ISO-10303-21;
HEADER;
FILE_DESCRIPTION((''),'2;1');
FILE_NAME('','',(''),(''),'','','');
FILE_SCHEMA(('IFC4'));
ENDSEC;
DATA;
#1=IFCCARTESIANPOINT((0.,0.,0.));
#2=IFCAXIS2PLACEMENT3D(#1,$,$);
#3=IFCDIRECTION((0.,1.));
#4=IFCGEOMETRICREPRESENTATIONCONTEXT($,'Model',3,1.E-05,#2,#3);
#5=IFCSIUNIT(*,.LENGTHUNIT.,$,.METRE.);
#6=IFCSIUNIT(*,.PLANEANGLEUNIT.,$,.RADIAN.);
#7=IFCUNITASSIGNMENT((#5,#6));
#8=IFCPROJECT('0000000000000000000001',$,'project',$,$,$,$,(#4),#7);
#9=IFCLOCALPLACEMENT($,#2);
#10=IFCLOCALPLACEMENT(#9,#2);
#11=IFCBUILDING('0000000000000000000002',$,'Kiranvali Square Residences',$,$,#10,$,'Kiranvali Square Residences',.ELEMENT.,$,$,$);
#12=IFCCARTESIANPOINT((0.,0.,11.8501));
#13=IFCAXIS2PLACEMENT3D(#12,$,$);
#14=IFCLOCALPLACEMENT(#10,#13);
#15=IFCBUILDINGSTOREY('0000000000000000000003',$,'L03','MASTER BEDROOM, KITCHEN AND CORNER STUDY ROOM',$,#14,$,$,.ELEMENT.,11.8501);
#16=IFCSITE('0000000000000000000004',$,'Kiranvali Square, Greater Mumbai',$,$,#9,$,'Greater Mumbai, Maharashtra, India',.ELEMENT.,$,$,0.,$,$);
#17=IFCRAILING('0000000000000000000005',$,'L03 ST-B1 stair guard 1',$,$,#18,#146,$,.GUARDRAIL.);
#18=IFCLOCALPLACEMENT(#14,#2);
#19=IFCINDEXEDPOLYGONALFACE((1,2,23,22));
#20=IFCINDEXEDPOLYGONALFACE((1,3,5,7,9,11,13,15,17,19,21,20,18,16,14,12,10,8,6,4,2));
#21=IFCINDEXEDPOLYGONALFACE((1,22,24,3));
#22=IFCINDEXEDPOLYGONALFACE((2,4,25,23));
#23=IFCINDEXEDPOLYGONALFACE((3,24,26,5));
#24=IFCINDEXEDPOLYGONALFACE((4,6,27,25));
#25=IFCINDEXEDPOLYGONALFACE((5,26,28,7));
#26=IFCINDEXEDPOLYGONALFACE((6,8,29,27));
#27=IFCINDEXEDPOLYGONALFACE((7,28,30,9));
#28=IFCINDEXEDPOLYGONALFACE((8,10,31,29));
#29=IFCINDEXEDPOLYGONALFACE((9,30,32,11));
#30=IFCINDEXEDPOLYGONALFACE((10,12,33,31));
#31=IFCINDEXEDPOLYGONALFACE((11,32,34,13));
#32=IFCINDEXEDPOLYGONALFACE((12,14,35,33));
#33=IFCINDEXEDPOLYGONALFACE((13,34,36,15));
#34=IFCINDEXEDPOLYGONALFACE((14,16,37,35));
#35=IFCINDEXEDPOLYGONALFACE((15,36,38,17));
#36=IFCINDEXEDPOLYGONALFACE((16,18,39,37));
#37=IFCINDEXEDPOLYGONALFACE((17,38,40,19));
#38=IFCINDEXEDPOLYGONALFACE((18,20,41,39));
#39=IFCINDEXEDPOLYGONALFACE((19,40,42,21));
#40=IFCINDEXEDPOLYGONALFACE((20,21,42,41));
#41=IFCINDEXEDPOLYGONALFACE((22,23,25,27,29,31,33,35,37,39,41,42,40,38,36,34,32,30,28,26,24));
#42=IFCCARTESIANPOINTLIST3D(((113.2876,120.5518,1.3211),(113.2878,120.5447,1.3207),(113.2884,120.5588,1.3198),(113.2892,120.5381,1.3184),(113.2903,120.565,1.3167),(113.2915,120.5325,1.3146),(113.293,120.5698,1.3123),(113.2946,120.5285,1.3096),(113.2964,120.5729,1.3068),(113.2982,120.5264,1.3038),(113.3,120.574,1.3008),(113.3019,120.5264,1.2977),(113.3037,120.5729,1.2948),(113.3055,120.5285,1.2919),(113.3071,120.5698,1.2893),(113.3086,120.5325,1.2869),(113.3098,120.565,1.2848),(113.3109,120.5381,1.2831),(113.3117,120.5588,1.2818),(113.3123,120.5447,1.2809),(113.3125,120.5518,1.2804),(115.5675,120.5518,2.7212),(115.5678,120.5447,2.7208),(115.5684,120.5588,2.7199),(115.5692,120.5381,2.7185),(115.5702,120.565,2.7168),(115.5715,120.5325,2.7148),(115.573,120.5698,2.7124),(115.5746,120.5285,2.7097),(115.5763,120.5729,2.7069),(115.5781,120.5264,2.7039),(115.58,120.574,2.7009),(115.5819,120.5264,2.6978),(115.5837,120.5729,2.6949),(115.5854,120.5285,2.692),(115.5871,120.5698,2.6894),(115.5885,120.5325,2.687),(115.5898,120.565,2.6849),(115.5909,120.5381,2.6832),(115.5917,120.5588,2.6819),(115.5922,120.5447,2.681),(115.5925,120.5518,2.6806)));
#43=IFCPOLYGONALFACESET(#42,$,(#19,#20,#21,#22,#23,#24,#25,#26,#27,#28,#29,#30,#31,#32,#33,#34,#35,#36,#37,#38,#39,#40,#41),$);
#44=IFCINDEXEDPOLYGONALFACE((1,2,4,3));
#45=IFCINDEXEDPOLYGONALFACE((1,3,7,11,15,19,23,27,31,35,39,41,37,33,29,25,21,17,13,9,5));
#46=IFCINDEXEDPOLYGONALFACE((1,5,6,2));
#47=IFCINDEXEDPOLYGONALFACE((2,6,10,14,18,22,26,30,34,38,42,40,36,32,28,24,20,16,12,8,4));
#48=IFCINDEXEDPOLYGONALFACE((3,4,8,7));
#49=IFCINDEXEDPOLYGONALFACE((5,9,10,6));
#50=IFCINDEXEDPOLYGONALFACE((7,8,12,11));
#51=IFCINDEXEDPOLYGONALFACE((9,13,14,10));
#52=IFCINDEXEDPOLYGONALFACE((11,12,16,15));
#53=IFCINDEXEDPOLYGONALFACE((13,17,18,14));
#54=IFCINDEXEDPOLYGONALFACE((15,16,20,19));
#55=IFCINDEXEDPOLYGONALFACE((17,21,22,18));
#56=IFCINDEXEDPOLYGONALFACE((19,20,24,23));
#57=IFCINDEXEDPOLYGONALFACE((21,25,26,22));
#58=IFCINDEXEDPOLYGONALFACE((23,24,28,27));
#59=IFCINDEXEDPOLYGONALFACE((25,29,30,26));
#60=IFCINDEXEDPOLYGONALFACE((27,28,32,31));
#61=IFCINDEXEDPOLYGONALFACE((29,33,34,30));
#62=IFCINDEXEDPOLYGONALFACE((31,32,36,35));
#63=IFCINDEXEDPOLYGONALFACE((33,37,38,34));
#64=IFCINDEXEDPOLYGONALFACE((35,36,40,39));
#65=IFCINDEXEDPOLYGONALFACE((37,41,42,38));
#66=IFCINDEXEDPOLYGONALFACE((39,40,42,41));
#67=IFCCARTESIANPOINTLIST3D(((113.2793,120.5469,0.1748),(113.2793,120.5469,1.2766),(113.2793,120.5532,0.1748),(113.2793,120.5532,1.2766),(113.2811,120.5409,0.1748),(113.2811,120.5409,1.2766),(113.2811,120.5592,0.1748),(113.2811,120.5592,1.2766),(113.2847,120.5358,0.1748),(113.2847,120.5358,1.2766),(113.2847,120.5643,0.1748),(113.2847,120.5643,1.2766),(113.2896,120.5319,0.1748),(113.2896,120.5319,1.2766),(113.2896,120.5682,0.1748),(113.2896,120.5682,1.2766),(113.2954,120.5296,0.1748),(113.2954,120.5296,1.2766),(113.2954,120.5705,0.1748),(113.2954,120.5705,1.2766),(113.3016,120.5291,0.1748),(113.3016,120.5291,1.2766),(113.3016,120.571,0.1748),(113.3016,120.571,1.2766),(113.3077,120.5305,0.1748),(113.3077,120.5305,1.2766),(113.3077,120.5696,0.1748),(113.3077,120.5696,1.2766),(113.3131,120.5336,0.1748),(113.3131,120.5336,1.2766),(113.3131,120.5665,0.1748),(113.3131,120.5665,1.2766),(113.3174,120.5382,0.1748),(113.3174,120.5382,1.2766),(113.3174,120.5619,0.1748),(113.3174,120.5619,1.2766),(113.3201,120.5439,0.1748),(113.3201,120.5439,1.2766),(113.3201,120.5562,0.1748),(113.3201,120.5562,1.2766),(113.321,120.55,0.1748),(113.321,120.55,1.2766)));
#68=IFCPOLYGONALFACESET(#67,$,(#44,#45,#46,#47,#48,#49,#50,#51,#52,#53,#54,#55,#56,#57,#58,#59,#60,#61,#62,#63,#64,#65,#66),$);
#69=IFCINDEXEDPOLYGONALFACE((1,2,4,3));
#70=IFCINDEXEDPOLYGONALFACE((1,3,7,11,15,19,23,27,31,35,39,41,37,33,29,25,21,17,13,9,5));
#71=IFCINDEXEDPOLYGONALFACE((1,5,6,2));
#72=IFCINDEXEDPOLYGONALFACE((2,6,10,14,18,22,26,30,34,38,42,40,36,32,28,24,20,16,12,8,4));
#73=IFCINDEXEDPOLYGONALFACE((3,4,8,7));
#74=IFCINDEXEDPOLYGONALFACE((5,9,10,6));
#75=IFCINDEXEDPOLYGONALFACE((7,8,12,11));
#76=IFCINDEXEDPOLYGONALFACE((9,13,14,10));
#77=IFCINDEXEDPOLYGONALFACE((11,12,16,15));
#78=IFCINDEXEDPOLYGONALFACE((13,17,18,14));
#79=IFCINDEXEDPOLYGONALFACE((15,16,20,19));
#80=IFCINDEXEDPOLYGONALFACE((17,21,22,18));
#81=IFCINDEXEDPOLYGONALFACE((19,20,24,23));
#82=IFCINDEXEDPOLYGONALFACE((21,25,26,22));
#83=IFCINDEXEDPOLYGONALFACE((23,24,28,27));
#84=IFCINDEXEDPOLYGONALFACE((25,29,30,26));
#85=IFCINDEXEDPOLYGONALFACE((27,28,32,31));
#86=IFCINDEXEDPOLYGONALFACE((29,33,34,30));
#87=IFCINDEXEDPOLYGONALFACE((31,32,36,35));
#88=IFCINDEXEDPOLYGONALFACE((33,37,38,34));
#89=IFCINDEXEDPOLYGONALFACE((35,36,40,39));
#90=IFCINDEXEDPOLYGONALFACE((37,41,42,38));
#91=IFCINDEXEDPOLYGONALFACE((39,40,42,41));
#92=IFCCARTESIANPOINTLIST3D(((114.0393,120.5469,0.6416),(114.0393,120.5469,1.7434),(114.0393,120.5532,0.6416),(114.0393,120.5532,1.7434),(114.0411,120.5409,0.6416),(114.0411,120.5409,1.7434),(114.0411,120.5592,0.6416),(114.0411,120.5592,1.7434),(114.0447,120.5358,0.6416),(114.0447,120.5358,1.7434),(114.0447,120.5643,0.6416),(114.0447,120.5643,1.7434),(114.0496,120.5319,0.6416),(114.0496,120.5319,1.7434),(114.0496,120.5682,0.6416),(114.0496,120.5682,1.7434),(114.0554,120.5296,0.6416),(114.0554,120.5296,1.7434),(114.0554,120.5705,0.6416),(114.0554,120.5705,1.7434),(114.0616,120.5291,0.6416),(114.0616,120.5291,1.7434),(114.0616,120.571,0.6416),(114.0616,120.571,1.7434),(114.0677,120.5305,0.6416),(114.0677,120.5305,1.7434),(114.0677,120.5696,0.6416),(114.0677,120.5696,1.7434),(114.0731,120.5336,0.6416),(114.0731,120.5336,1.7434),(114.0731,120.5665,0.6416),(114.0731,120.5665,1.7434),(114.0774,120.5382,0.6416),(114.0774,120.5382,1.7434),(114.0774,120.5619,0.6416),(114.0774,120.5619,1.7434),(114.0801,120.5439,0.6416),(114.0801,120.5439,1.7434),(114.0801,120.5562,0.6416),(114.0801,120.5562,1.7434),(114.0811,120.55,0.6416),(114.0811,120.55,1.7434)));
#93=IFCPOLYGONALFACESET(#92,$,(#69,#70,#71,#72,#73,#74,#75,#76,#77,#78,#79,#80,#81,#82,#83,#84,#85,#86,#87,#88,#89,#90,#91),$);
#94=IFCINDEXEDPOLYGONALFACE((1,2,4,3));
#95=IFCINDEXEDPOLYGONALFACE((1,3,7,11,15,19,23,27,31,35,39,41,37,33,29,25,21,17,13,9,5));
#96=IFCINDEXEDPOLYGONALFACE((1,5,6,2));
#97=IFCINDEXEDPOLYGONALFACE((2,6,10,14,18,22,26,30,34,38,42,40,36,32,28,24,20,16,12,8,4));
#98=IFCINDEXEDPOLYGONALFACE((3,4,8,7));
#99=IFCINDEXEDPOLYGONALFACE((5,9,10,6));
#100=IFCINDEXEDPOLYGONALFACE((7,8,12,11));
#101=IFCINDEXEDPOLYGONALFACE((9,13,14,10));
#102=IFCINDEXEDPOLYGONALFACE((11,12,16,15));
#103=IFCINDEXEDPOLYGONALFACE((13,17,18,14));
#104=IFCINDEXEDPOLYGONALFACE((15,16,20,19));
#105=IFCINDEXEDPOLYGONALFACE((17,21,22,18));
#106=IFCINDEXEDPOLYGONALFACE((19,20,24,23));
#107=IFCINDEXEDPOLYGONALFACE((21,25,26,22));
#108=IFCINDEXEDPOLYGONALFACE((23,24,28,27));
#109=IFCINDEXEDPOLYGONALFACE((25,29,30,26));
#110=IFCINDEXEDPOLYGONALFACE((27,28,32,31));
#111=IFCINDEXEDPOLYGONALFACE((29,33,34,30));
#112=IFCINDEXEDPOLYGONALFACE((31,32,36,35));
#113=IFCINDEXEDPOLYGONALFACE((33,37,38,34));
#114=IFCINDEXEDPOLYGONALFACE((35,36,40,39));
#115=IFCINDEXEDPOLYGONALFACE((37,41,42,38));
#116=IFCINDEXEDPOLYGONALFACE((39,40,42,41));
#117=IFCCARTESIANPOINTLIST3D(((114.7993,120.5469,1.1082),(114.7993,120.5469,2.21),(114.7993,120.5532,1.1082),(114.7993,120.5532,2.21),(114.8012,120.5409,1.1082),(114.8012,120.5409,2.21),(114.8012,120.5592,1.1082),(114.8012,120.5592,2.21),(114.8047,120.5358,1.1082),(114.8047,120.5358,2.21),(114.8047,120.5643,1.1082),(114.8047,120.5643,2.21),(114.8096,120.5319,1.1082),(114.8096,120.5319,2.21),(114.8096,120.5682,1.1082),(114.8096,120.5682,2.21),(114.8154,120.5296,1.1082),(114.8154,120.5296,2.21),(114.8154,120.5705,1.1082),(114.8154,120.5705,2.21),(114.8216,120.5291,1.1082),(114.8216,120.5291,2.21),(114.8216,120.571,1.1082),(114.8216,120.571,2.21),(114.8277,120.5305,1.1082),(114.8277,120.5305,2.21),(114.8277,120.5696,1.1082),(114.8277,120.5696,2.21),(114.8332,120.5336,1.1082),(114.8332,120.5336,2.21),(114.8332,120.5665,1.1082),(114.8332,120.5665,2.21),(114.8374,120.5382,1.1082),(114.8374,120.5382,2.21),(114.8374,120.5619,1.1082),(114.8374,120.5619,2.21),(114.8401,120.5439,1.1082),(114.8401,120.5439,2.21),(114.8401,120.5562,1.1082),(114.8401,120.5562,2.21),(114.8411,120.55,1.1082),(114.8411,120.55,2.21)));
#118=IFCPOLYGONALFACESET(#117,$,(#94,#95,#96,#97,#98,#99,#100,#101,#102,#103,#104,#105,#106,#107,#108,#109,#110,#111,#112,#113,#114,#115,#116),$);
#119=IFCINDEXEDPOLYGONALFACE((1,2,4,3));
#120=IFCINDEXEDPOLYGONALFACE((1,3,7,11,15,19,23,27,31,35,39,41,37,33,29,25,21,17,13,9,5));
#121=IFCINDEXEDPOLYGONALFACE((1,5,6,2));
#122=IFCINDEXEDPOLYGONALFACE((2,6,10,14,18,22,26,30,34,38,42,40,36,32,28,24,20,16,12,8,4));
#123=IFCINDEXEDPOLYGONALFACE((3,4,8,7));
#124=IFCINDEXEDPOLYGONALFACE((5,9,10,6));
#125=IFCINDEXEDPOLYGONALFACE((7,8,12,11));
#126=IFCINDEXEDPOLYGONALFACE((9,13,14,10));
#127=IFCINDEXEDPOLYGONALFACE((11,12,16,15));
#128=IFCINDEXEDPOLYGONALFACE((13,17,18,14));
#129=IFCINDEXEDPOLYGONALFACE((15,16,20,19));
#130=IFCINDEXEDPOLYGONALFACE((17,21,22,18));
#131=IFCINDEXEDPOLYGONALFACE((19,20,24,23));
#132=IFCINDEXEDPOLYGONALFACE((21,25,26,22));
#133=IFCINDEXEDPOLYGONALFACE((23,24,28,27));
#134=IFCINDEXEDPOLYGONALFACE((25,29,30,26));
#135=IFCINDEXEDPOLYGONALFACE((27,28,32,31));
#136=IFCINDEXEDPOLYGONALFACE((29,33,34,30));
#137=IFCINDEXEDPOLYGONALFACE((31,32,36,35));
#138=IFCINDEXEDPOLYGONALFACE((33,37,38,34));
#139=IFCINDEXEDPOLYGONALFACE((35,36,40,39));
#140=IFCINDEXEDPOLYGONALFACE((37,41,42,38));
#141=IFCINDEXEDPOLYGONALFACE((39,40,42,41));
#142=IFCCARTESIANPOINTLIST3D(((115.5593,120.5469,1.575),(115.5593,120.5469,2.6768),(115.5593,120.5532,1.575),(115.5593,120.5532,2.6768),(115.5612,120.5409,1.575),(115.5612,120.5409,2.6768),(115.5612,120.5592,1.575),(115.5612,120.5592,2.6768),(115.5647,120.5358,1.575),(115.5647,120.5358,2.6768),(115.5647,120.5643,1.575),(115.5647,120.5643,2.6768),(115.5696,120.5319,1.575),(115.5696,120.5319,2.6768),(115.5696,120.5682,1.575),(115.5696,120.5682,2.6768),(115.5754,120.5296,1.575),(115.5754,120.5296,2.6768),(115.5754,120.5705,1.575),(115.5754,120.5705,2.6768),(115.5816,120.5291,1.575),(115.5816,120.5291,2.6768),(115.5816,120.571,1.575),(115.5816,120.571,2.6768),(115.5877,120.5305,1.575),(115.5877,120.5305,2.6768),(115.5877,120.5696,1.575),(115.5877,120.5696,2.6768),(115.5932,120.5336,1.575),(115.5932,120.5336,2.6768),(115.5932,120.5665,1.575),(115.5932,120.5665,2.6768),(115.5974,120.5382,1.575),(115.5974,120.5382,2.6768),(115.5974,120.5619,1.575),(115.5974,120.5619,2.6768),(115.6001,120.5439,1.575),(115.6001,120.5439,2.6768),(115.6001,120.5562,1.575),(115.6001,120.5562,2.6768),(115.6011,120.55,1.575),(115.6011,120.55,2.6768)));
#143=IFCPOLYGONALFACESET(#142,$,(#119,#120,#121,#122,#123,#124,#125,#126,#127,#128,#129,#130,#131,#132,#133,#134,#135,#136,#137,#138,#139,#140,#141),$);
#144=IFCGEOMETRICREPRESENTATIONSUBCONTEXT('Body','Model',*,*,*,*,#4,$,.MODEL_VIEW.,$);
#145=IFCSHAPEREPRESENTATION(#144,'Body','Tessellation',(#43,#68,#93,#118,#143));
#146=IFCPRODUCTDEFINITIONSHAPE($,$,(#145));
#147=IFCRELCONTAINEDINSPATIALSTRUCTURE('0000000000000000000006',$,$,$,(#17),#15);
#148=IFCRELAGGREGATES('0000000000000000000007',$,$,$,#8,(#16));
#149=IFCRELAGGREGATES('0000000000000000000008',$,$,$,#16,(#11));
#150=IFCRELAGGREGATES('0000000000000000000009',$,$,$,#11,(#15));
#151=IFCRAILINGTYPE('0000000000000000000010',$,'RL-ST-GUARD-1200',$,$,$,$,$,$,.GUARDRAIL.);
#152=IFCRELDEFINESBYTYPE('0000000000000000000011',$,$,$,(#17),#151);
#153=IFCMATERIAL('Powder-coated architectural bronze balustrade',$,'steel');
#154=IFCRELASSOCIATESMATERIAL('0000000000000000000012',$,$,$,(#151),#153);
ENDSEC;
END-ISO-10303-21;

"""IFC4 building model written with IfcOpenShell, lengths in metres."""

from ifc_helpers import new_model, si_unit, direction, frame, origin, origin_2d, place, context, subcontext, project, spatial, circle, extrude, material, type_object, element, save


model = new_model("IFC4")

# Units and contexts
model_context = context("Model", 3, precision=1e-05, world=origin(), true_north=direction((0.0, 1.0)))
body_context = subcontext(model_context, "Body", "Model", "MODEL_VIEW")
ifc_project = project(units=[si_unit("LENGTHUNIT", "METRE"), si_unit("PLANEANGLEUNIT", "RADIAN")], contexts=[model_context])

# Site, building, storey
site_placement = place(None, origin())
site = spatial("IfcSite", under=ifc_project, at=site_placement, Name="Kiranvali Square, Greater Mumbai", LongName="Greater Mumbai, Maharashtra, India", CompositionType="ELEMENT", RefElevation=0.0)
building_placement = place(site_placement, origin())
building = spatial("IfcBuilding", under=site, at=building_placement, Name="Kiranvali Square Residences", LongName="Kiranvali Square Residences", CompositionType="ELEMENT")
storey_placement = place(building_placement, frame((0.0, 0.0, 11.8501)))
storey = spatial("IfcBuildingStorey", under=building, at=storey_placement, Name="L03", Description="MASTER BEDROOM, KITCHEN AND CORNER STUDY ROOM", CompositionType="ELEMENT", Elevation=11.8501)

# Railing
ifc_material_1 = material(Name="Powder-coated architectural bronze balustrade", Category="steel")
railing_type_1 = type_object("IfcRailingType", Name="RL-ST-GUARD-1200", PredefinedType="GUARDRAIL", material=ifc_material_1)
railing_1_placement = place(storey_placement, frame((113.3, 120.55, 0.1748)))
element("IfcRailing", 1, at=railing_1_placement, inside=storey, type_object=railing_type_1, Name="L03 ST-B1 stair guard 1", PredefinedType="GUARDRAIL", context=body_context, shape_type="SweptSolid", body=[
    extrude(circle(Radius=0.0239, at=origin_2d()), frame((0.0, 0.0, 1.126), z_axis=(0.85215, 0.0, 0.523298), x_axis=(0.0, 1.0, 0.0)), (0.0, 0.0, 1.0), 2.6755),
    extrude(circle(Radius=0.021, at=origin_2d()), origin(), (0.0, 0.0, 1.0), 1.1018),
    extrude(circle(Radius=0.021, at=origin_2d()), frame((0.76, 0.0, 0.4668)), (0.0, 0.0, 1.0), 1.1018),
    extrude(circle(Radius=0.021, at=origin_2d()), frame((1.52, 0.0, 0.9333)), (0.0, 0.0, 1.0), 1.1018),
    extrude(circle(Radius=0.021, at=origin_2d()), frame((2.28, 0.0, 1.4001)), (0.0, 0.0, 1.0), 1.1018),
])

save(model, "model.ifc")
